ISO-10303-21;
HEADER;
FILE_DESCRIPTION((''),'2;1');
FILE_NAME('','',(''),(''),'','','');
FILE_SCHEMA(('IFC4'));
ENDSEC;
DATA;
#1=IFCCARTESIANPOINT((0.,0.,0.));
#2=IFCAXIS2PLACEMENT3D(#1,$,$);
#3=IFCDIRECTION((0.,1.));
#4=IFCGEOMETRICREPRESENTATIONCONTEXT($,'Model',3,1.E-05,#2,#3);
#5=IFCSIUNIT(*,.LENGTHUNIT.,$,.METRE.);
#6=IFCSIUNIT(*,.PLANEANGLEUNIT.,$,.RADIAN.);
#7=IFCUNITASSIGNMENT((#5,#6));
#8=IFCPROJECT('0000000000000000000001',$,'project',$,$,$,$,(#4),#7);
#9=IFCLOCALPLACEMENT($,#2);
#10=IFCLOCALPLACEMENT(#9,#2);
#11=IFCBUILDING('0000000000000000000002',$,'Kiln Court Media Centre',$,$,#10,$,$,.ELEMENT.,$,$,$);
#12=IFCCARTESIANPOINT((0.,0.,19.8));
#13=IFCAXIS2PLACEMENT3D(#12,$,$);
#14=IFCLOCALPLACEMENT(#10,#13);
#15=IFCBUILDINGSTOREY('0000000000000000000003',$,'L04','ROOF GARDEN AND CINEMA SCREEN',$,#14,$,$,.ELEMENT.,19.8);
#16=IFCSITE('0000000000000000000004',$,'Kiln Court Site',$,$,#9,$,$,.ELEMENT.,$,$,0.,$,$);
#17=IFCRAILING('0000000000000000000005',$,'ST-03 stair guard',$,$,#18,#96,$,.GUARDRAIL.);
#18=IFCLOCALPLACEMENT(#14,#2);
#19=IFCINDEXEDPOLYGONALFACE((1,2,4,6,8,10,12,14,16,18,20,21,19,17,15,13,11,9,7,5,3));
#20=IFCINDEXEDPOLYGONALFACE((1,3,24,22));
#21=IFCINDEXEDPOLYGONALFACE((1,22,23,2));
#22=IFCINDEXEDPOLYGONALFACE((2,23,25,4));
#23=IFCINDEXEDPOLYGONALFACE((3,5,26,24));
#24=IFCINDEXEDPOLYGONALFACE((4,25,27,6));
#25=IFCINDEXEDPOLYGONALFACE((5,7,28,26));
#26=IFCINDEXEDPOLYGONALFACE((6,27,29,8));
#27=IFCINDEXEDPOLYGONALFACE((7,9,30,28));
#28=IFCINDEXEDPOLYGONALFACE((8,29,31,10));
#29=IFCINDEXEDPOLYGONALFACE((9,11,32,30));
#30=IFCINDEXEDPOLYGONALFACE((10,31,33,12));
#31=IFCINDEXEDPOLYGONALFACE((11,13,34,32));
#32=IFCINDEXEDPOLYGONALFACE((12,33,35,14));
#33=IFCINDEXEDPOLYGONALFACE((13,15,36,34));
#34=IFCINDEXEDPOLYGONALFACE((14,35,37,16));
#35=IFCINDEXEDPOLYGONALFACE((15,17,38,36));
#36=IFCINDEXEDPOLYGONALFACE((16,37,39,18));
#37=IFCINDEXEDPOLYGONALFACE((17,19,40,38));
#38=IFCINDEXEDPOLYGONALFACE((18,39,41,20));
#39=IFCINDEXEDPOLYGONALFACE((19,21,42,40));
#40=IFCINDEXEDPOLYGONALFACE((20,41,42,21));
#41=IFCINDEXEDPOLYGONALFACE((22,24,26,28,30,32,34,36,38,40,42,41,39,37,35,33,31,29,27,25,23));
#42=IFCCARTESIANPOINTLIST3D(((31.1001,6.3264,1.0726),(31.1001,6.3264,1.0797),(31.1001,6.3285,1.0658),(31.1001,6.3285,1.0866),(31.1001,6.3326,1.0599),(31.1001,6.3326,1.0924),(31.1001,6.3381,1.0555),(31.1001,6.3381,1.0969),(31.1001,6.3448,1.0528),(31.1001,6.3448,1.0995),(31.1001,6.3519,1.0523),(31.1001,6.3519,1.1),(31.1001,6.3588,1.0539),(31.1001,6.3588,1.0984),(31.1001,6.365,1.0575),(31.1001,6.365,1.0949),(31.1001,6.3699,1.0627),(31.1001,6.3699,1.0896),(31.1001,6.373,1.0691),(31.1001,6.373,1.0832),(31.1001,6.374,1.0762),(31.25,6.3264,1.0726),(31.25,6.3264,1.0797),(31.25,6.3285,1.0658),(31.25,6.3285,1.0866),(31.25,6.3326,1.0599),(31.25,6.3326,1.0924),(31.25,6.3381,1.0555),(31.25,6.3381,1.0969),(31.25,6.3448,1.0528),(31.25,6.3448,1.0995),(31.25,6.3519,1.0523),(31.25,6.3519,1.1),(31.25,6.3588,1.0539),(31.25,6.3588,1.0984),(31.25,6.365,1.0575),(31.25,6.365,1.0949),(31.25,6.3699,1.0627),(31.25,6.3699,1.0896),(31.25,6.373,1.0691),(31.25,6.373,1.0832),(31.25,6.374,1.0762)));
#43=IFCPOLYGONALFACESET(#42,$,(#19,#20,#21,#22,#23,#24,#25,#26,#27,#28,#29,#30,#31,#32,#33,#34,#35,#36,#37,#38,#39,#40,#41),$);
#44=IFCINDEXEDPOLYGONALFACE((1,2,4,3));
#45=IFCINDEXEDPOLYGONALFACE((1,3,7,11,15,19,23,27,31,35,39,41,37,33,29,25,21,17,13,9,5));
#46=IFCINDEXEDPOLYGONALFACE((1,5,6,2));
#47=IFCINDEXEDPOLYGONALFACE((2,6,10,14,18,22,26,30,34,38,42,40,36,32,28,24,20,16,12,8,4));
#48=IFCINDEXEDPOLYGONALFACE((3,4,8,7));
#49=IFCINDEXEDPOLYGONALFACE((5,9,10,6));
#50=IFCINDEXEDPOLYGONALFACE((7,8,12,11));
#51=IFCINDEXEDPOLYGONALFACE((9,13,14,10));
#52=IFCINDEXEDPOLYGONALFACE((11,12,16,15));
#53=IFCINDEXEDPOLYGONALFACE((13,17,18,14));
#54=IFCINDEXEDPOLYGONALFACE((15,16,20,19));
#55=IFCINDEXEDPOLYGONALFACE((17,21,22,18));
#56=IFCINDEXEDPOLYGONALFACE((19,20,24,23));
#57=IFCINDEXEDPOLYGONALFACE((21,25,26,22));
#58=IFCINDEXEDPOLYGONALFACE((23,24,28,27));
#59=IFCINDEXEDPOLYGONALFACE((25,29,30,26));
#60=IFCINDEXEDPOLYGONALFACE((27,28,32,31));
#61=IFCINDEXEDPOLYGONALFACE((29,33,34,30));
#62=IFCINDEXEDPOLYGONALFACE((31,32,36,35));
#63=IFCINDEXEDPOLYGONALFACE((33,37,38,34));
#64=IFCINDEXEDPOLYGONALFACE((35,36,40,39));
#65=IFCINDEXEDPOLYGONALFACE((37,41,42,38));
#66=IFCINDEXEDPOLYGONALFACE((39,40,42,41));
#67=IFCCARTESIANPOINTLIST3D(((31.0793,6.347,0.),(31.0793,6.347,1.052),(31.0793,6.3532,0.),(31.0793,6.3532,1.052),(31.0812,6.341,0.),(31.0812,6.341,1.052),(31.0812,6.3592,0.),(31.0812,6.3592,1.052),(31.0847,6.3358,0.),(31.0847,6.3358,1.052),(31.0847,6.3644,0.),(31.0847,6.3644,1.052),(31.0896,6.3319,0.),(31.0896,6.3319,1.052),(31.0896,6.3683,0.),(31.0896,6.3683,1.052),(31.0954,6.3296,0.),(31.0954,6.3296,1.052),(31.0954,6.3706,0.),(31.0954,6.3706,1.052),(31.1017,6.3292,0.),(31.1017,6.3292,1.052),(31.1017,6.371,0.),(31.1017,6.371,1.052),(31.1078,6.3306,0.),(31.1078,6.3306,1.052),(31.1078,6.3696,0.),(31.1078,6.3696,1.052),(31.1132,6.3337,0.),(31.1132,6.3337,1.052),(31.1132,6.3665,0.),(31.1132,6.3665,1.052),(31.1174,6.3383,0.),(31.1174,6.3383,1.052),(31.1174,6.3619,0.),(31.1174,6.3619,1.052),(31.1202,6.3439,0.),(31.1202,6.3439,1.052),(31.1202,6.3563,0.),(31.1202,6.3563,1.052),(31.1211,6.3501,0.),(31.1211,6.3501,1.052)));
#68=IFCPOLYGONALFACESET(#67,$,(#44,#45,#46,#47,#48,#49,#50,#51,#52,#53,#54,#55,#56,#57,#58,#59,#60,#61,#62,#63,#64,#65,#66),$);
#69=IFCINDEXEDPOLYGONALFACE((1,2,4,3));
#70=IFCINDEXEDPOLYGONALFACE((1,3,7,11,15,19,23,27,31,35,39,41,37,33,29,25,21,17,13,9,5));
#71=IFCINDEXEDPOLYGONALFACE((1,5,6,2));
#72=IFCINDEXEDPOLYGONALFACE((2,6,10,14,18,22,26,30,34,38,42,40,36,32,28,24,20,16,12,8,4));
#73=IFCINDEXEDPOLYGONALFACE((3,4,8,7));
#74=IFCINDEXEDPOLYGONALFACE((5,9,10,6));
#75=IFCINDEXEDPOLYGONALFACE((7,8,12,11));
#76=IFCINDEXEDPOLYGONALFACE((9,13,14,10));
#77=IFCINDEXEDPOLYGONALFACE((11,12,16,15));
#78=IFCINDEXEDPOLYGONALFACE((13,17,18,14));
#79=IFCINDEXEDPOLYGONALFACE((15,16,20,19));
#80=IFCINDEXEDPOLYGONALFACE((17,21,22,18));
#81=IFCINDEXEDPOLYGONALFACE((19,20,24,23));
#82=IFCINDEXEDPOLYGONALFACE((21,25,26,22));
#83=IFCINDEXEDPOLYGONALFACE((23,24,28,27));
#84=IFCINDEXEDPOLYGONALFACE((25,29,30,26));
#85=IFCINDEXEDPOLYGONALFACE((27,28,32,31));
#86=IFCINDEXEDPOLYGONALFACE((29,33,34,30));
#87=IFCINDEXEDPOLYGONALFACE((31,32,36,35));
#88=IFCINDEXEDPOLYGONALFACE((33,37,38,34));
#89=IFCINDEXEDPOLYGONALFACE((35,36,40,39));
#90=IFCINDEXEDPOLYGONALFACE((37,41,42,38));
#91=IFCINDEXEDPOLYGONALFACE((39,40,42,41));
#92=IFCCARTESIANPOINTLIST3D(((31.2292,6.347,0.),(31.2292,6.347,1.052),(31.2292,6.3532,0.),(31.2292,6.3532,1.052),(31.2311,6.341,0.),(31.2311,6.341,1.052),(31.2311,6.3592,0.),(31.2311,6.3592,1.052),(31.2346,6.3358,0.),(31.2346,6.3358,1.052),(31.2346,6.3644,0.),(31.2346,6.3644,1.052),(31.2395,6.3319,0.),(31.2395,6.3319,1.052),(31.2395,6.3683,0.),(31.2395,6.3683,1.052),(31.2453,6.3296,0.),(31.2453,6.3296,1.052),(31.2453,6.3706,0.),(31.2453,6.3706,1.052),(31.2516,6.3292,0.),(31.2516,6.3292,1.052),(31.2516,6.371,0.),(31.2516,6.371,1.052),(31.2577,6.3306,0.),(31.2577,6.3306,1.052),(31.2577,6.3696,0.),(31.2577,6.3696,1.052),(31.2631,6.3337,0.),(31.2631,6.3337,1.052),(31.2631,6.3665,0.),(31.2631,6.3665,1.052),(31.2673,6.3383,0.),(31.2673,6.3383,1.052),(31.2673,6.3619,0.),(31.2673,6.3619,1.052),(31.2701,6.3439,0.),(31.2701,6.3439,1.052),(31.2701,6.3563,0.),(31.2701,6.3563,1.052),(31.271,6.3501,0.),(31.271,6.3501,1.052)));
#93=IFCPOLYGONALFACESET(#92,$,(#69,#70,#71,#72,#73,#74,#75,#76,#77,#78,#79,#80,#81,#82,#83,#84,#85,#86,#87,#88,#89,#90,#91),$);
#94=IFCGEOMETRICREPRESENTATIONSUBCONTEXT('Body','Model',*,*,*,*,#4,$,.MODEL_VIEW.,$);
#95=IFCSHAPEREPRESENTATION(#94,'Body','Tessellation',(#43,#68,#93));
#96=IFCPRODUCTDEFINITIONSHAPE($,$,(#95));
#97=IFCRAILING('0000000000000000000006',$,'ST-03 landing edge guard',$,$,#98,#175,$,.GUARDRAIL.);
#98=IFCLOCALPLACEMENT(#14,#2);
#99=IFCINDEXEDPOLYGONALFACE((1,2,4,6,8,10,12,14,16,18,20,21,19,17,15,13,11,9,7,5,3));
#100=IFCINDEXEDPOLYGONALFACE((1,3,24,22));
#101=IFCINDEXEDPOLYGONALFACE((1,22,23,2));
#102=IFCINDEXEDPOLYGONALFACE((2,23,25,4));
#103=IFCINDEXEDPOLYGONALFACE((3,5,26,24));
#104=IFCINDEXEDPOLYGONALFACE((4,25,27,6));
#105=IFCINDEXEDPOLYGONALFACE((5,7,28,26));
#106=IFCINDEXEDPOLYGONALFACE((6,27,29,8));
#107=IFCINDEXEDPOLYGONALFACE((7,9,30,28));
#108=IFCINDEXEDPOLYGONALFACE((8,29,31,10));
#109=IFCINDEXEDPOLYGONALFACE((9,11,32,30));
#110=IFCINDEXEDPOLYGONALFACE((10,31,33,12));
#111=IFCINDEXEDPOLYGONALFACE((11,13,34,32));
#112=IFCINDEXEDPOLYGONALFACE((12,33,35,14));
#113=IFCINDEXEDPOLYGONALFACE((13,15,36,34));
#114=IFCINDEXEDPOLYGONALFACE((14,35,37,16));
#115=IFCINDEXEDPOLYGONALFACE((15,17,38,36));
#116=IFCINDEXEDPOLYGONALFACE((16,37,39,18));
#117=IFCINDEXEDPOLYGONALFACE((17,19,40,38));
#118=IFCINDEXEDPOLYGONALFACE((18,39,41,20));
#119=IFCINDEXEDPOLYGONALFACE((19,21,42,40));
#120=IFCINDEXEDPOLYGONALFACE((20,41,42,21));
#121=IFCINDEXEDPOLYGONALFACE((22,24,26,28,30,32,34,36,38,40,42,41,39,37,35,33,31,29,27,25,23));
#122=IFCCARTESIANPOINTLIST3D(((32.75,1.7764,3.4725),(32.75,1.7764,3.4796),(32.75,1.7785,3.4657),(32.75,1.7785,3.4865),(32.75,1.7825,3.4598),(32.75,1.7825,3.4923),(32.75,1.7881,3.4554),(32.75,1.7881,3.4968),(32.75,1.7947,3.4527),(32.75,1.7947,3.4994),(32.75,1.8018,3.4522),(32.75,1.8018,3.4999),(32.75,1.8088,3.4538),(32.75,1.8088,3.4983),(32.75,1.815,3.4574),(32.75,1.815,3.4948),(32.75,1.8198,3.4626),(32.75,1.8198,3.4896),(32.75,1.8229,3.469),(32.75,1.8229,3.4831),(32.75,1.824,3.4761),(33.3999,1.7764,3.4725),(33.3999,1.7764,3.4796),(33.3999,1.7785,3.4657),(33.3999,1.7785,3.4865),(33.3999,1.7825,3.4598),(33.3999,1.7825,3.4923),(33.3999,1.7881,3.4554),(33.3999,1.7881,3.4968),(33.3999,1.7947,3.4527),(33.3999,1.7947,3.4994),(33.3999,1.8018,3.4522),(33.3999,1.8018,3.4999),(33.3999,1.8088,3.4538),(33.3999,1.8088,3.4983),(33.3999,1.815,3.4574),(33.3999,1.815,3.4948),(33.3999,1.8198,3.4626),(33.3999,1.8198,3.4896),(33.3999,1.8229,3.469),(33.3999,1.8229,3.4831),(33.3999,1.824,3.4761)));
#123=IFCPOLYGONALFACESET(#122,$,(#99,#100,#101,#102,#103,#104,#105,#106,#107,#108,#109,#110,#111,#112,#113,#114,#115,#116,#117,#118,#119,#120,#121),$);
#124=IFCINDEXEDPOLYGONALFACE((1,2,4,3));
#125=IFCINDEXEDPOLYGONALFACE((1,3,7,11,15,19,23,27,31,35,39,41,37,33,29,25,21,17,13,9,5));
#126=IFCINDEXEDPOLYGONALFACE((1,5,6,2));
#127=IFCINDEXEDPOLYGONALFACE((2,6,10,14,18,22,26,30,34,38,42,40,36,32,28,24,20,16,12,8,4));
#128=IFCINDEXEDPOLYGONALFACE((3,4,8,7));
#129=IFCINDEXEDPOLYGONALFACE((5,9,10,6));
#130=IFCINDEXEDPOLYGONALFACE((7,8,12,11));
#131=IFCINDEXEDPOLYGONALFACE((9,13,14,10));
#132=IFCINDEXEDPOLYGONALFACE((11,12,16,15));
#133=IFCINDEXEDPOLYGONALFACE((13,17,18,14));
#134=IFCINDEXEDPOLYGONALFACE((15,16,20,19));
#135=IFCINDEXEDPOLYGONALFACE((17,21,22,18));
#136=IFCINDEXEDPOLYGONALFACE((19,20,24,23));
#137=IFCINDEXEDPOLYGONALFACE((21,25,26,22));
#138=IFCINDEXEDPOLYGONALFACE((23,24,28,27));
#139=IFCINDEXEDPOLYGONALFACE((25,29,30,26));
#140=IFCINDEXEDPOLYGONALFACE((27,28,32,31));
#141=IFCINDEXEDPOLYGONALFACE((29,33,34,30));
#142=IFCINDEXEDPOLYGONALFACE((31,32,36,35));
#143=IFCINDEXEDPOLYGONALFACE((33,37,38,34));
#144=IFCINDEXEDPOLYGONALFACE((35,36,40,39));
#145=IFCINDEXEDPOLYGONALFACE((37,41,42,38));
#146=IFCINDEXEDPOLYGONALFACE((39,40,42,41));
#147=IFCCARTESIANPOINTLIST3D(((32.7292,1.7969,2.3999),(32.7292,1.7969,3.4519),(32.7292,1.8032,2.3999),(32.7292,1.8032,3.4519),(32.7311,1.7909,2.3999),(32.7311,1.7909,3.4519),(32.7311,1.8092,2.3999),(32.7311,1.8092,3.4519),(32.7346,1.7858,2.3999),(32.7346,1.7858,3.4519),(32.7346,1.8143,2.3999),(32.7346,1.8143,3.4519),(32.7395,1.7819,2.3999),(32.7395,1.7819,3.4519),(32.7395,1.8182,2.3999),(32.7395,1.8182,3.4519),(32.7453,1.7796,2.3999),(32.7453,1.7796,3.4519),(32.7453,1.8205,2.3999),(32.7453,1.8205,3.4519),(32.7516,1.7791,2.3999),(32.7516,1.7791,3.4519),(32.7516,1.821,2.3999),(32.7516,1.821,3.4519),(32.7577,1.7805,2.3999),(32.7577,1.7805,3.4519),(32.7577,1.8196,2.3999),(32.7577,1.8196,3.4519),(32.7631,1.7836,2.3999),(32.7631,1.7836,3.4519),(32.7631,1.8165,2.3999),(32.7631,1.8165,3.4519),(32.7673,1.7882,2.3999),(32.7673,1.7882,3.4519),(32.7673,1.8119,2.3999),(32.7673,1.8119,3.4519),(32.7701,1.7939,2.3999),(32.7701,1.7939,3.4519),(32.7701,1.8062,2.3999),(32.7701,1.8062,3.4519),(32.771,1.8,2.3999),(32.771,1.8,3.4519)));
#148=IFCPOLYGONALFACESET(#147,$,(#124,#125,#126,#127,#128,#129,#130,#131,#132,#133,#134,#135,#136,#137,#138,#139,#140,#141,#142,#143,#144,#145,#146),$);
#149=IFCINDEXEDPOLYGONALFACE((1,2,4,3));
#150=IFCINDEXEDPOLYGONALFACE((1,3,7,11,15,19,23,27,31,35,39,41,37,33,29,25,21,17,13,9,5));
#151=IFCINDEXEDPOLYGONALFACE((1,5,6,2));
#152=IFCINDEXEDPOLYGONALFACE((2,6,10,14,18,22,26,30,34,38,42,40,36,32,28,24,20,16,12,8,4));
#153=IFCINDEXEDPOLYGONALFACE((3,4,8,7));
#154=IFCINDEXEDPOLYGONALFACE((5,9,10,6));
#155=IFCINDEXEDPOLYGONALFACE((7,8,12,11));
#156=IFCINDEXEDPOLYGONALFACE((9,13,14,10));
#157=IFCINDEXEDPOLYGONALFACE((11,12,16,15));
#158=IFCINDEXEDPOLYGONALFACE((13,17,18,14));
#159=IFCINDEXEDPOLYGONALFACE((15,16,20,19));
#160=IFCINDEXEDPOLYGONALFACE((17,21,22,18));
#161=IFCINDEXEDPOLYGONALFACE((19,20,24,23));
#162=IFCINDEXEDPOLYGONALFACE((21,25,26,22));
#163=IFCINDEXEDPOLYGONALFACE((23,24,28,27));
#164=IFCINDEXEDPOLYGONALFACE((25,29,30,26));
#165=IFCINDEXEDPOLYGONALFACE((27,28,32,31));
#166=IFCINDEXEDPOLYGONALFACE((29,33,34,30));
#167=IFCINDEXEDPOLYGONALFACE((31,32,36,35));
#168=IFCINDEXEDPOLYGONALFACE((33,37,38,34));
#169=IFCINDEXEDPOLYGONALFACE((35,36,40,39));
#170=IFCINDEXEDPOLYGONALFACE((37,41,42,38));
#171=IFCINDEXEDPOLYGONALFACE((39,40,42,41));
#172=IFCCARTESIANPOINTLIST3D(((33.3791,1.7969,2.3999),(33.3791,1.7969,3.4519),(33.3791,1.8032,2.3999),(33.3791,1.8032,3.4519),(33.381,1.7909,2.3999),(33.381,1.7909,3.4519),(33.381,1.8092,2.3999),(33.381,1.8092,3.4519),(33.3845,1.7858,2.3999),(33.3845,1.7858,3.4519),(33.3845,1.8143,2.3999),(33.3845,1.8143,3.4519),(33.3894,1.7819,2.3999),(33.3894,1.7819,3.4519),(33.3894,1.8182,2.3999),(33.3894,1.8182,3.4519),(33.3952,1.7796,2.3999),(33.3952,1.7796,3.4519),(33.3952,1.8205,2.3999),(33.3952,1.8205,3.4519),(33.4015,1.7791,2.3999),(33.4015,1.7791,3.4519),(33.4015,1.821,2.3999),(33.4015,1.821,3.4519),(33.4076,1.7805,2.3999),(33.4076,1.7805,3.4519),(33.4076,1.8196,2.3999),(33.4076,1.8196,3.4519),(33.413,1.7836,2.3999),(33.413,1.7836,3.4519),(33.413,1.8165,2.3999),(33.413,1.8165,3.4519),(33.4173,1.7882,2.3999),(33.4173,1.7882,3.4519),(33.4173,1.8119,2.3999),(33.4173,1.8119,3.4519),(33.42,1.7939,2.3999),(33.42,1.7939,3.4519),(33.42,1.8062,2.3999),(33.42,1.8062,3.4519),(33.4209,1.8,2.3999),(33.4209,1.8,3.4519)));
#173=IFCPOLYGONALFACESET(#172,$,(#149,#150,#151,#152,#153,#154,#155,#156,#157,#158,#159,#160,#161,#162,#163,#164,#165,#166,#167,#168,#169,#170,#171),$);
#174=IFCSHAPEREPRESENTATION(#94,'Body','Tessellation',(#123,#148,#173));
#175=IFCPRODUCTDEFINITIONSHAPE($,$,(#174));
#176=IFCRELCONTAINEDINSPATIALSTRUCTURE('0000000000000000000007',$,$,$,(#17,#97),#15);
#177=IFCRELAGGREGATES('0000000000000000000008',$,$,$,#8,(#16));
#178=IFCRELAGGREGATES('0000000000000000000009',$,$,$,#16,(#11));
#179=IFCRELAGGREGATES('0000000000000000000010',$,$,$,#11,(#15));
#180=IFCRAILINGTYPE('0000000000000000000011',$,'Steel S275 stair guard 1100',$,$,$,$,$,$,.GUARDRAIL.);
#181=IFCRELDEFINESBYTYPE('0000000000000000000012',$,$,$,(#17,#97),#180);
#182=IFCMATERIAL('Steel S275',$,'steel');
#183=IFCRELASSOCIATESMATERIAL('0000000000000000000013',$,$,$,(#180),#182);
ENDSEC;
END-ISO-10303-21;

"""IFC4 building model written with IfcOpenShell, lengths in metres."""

from ifc_helpers import new_model, si_unit, direction, frame, origin, origin_2d, place, context, subcontext, project, spatial, circle, extrude, material, type_object, element, save


model = new_model("IFC4")

# Units and contexts
model_context = context("Model", 3, precision=1e-05, world=origin(), true_north=direction((0.0, 1.0)))
body_context = subcontext(model_context, "Body", "Model", "MODEL_VIEW")
ifc_project = project(units=[si_unit("LENGTHUNIT", "METRE"), si_unit("PLANEANGLEUNIT", "RADIAN")], contexts=[model_context])

# Site, building, storey
site_placement = place(None, origin())
site = spatial("IfcSite", under=ifc_project, at=site_placement, Name="Kiln Court Site", CompositionType="ELEMENT", RefElevation=0.0)
building_placement = place(site_placement, origin())
building = spatial("IfcBuilding", under=site, at=building_placement, Name="Kiln Court Media Centre", CompositionType="ELEMENT")
storey_placement = place(building_placement, frame((0.0, 0.0, 19.8)))
storey = spatial("IfcBuildingStorey", under=building, at=storey_placement, Name="L04", Description="ROOF GARDEN AND CINEMA SCREEN", CompositionType="ELEMENT", Elevation=19.8)

# Railings
ifc_material_1 = material(Name="Steel S275", Category="steel")
railing_type_1 = type_object("IfcRailingType", Name="Steel S275 stair guard 1100", PredefinedType="GUARDRAIL", material=ifc_material_1)
railing_1_placement = place(storey_placement, frame((31.1001, 6.3501, 0.0)))
element("IfcRailing", 1, at=railing_1_placement, inside=storey, type_object=railing_type_1, Name="ST-03 stair guard", PredefinedType="GUARDRAIL", context=body_context, shape_type="SweptSolid", body=[
    extrude(circle(Radius=0.0239, at=origin_2d()), frame((0.0, 0.0, 1.0762), z_axis=(1.0, 0.0, 0.0), x_axis=(0.0, 1.0, 0.0)), (0.0, 0.0, 1.0), 0.1499),
    extrude(circle(Radius=0.021, at=origin_2d()), origin(), (0.0, 0.0, 1.0), 1.052),
    extrude(circle(Radius=0.021, at=origin_2d()), frame((0.1499, 0.0, 0.0)), (0.0, 0.0, 1.0), 1.052),
])
for number, where, name in (
    (2, (32.75, 1.8, 2.3999), "ST-03 landing edge guard"),
):
    element("IfcRailing", number, at=place(storey_placement, frame(where)), inside=storey, type_object=railing_type_1, Name=name, PredefinedType="GUARDRAIL", context=body_context, shape_type="SweptSolid", body=[
        extrude(circle(Radius=0.0239, at=origin_2d()), frame((0.0, 0.0, 1.0762), z_axis=(1.0, 0.0, 0.0), x_axis=(0.0, 1.0, 0.0)), (0.0, 0.0, 1.0), 0.6499),
        extrude(circle(Radius=0.021, at=origin_2d()), origin(), (0.0, 0.0, 1.0), 1.052),
        extrude(circle(Radius=0.021, at=origin_2d()), frame((0.6499, 0.0, 0.0)), (0.0, 0.0, 1.0), 1.052),
    ])

save(model, "model.ifc")
